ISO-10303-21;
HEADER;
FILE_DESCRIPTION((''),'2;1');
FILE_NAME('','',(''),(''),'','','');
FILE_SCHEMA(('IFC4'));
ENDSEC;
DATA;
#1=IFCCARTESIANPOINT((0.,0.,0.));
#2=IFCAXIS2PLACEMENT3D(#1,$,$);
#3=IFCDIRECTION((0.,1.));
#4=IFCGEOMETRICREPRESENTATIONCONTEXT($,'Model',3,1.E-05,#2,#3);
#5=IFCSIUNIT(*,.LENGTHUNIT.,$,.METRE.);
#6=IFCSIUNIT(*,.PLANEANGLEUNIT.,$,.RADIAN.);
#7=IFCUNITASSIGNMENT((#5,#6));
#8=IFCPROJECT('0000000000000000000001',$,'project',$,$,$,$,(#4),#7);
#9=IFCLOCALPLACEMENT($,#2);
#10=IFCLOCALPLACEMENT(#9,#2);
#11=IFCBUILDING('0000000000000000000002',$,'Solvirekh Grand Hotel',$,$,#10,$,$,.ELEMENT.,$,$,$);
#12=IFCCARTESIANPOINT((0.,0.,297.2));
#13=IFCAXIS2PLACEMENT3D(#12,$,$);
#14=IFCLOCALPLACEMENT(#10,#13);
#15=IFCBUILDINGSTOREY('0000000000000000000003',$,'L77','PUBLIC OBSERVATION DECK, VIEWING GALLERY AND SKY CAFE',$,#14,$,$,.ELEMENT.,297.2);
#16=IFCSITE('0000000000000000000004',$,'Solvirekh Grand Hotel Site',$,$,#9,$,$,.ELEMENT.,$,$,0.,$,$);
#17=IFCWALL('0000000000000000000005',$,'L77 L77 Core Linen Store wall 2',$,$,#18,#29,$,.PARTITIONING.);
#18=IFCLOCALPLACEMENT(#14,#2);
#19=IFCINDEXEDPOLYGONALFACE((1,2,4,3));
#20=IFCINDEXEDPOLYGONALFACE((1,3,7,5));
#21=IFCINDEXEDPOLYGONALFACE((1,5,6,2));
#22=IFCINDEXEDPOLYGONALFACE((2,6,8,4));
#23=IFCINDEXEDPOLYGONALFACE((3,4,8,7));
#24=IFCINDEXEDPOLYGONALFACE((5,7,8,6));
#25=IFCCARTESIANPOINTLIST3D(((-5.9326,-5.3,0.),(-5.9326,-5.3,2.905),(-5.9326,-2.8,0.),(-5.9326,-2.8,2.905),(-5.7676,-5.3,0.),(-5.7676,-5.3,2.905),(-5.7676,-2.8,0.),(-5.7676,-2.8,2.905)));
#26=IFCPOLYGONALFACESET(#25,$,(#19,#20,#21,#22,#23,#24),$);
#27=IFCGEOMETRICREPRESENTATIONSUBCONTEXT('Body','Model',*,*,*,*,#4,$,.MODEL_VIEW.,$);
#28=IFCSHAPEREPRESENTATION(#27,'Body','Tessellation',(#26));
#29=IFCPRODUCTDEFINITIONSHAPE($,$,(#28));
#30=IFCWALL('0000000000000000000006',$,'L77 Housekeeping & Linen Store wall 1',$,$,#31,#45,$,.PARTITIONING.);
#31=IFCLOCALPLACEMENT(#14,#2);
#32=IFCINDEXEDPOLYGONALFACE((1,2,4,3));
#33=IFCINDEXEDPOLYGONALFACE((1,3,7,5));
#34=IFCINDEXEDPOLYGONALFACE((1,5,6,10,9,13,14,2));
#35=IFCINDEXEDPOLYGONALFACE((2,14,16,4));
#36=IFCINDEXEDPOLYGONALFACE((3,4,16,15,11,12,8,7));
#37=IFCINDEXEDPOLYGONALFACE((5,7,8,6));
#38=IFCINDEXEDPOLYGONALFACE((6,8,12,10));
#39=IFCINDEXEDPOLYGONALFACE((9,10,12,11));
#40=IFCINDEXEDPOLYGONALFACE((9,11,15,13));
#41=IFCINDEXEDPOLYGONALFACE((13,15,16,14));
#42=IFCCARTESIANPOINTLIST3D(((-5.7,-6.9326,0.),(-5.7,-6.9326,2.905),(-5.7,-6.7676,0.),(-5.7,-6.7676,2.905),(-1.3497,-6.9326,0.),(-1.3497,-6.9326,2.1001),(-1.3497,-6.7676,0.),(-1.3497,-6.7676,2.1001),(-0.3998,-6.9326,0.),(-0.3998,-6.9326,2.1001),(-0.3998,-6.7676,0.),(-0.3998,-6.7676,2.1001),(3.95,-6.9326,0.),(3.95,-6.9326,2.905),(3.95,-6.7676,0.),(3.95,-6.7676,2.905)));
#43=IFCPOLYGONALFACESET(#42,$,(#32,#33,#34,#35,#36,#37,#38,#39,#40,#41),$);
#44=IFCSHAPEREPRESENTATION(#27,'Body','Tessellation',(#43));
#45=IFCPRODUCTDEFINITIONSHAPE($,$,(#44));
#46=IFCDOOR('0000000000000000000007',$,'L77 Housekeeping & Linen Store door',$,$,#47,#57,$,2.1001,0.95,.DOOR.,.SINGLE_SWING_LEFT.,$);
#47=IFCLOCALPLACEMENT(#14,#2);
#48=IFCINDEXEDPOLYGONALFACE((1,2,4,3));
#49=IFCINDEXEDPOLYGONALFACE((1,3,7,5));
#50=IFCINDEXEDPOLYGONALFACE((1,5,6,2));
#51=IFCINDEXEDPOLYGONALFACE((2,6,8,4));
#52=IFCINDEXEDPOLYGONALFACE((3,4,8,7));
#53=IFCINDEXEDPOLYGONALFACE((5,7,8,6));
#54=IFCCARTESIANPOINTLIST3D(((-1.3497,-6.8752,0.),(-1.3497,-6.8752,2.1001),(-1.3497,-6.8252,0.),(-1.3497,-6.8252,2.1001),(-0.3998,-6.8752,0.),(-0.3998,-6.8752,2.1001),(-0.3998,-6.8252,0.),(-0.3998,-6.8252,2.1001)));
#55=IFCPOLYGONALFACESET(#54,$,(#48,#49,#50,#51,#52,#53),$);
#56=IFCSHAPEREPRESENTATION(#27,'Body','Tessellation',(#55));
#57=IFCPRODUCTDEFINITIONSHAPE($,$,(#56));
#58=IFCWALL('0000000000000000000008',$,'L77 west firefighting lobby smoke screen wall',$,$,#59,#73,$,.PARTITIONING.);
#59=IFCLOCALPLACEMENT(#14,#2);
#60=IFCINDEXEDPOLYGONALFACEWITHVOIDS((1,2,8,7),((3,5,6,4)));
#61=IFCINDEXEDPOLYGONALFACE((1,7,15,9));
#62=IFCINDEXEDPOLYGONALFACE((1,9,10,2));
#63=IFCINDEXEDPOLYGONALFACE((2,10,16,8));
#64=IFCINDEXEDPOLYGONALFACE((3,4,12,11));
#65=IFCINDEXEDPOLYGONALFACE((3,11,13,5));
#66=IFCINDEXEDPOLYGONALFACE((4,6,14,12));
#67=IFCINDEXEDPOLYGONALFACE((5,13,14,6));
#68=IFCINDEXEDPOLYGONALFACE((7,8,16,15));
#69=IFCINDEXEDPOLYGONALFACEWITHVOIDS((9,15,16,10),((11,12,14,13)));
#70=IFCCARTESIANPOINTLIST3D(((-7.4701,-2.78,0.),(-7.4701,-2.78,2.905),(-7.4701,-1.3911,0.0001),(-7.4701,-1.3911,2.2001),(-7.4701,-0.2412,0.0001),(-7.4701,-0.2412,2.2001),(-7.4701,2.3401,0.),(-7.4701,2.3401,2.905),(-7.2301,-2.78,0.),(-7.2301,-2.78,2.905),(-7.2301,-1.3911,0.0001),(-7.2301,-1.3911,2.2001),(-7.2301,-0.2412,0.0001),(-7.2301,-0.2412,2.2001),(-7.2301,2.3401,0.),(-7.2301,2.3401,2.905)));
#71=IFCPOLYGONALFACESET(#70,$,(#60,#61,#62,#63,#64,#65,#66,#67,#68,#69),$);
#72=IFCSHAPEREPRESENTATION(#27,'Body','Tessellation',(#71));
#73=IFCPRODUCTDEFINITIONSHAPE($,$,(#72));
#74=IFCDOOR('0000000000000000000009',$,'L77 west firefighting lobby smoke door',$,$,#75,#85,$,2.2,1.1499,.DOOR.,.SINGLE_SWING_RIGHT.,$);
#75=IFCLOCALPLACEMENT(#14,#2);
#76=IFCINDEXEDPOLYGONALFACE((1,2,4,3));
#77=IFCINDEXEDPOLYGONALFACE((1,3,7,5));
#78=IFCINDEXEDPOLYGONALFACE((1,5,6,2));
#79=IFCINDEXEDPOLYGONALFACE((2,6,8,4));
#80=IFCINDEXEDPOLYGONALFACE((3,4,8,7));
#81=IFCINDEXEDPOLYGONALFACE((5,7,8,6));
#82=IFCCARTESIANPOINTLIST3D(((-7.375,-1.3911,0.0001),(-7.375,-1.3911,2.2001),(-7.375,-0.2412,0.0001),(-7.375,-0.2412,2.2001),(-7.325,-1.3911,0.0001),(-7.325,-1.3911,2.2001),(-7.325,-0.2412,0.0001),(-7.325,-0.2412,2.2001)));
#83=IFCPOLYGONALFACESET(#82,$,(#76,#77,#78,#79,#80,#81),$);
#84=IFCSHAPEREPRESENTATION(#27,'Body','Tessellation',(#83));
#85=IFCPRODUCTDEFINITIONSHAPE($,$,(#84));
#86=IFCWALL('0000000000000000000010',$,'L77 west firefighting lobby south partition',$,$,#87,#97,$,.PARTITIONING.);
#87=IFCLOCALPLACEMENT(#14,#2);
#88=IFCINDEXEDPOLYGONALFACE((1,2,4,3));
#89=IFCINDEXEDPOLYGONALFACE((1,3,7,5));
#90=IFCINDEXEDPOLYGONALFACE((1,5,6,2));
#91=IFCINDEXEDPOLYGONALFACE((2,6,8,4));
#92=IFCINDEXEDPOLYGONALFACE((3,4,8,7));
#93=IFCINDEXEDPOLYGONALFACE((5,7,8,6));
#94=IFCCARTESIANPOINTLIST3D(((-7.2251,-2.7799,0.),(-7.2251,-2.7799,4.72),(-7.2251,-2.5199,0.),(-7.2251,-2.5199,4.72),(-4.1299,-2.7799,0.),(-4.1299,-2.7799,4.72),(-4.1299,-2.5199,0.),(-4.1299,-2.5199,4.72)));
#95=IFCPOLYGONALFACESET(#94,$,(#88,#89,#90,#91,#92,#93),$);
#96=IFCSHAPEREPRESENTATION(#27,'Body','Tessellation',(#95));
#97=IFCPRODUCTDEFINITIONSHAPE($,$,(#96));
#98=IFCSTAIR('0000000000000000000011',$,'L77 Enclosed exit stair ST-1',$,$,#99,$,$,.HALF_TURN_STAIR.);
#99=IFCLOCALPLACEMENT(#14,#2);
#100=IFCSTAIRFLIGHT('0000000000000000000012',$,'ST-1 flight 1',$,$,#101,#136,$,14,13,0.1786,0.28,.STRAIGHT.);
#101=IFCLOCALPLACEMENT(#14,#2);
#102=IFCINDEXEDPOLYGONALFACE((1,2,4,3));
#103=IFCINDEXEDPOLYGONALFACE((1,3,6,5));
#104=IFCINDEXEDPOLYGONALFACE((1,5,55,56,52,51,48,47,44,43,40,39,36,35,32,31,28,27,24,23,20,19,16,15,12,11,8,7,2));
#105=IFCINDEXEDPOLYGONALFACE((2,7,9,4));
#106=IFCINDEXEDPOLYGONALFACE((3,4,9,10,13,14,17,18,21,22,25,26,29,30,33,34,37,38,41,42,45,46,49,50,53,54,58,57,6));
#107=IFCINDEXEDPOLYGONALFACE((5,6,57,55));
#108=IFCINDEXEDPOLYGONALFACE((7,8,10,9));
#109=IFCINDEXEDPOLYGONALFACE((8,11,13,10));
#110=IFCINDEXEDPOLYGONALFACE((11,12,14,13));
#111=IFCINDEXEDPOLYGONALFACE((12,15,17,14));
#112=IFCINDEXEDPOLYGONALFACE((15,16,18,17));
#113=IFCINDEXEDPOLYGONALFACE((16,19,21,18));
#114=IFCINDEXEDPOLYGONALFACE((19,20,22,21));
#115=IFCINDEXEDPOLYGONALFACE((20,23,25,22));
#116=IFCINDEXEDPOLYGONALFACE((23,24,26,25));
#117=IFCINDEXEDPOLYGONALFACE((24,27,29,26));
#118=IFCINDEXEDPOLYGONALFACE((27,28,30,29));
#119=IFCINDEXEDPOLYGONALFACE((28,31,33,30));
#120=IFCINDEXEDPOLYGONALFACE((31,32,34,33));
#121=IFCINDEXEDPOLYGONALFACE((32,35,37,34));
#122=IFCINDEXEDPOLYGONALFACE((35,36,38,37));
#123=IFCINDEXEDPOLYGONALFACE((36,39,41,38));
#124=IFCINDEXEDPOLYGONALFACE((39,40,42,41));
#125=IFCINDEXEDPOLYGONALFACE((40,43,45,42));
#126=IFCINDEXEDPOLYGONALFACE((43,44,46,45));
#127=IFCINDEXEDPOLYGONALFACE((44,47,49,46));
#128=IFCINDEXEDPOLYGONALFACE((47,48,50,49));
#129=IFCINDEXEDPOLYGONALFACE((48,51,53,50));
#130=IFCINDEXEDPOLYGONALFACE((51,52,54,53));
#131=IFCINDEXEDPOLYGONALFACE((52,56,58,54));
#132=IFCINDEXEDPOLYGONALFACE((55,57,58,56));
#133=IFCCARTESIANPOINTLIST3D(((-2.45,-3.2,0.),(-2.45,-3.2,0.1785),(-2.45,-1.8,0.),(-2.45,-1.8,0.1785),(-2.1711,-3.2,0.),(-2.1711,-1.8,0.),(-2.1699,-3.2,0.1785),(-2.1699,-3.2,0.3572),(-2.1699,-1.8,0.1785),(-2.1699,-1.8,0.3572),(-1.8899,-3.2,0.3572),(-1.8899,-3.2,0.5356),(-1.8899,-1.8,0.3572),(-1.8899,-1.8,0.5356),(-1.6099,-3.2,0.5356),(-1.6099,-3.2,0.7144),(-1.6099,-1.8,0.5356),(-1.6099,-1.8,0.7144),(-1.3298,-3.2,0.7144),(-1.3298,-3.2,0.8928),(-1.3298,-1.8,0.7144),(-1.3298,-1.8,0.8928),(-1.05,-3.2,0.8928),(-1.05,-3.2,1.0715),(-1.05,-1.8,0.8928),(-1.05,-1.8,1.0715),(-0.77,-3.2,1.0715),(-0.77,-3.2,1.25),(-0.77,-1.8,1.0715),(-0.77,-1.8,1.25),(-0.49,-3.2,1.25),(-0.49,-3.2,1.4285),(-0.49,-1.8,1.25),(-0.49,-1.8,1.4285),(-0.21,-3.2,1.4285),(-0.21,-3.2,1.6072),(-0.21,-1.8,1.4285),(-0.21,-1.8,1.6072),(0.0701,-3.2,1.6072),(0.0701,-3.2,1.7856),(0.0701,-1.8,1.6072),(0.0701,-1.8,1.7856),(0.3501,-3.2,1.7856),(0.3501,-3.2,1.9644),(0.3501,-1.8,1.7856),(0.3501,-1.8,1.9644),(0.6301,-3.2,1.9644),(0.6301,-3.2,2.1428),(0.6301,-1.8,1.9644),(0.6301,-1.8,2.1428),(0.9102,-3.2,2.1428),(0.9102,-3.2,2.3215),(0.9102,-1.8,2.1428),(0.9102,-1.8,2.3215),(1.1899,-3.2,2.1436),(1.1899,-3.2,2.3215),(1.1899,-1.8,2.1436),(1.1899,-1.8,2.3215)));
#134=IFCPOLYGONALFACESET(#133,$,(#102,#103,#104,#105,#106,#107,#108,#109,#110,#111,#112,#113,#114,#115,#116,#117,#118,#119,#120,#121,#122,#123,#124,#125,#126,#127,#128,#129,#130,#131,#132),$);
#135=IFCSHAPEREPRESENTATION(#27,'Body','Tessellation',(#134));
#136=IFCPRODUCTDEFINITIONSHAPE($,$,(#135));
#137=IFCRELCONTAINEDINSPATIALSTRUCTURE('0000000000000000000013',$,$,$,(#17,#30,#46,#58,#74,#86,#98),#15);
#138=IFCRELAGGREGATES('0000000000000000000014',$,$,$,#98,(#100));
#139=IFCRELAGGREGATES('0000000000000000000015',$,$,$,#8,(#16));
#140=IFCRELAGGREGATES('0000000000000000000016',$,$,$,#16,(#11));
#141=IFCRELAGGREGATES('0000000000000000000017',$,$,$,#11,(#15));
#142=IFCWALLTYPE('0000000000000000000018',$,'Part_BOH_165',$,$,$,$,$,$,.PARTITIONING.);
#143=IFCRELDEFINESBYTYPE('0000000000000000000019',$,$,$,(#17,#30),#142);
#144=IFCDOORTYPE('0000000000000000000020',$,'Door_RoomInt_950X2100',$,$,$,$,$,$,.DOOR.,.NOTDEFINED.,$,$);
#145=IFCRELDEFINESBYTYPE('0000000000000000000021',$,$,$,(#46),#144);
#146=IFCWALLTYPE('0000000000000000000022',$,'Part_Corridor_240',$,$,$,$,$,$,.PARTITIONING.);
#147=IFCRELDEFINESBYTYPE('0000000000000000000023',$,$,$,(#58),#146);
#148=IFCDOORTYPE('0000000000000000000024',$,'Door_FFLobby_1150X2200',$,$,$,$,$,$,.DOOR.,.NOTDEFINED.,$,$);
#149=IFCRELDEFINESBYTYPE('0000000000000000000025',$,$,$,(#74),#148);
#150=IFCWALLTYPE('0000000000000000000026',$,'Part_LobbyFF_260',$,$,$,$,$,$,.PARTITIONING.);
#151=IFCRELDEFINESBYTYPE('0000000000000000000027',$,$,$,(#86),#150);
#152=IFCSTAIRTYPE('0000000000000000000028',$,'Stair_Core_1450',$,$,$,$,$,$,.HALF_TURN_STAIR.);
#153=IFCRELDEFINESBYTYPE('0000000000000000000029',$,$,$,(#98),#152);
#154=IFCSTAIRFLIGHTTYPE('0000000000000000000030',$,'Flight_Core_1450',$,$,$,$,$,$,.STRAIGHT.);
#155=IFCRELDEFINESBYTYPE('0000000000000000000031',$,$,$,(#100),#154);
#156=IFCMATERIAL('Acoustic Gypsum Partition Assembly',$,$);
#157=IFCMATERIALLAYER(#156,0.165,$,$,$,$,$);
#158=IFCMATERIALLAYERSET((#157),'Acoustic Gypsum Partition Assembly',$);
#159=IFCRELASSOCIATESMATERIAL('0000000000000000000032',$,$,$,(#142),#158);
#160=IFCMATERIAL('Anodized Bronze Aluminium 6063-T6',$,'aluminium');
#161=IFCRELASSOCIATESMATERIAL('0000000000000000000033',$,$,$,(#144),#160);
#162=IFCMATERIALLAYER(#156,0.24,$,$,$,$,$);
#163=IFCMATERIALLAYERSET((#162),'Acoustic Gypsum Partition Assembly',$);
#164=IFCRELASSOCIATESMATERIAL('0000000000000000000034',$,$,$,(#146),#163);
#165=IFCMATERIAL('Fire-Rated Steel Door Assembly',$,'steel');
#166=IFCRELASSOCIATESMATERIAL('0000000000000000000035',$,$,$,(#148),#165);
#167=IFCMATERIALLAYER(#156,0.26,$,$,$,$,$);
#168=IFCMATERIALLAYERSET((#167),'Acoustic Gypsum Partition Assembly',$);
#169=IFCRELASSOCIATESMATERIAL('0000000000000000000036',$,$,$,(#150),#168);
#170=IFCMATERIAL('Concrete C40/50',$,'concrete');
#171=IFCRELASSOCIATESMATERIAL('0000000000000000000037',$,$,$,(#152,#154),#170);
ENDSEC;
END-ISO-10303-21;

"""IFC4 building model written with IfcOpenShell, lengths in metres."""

from ifc_helpers import new_model, si_unit, direction, frame, frame_2d, origin, place, context, subcontext, project, spatial, polyline, rectangle, outline, extrude, material, layer, layer_set, type_object, element, fill, aggregate, save


model = new_model("IFC4")

# Units and contexts
model_context = context("Model", 3, precision=1e-05, world=origin(), true_north=direction((0.0, 1.0)))
body_context = subcontext(model_context, "Body", "Model", "MODEL_VIEW")
ifc_project = project(units=[si_unit("LENGTHUNIT", "METRE"), si_unit("PLANEANGLEUNIT", "RADIAN")], contexts=[model_context])

# Site, building, storey
site_placement = place(None, origin())
site = spatial("IfcSite", under=ifc_project, at=site_placement, Name="Solvirekh Grand Hotel Site", CompositionType="ELEMENT", RefElevation=0.0)
building_placement = place(site_placement, origin())
building = spatial("IfcBuilding", under=site, at=building_placement, Name="Solvirekh Grand Hotel", CompositionType="ELEMENT")
storey_placement = place(building_placement, frame((0.0, 0.0, 297.2)))
storey = spatial("IfcBuildingStorey", under=building, at=storey_placement, Name="L77", Description="PUBLIC OBSERVATION DECK, VIEWING GALLERY AND SKY CAFE", CompositionType="ELEMENT", Elevation=297.2)

# Shared definitions
ifc_material_1 = material(Name="Concrete C40/50", Category="concrete")
ifc_material_2 = material(Name="Fire-Rated Steel Door Assembly", Category="steel")

# Wall
ifc_material_3 = material(Name="Acoustic Gypsum Partition Assembly")
ifc_layer_1 = layer(ifc_material_3, 0.165)
ifc_layer_set_1 = layer_set([ifc_layer_1], Name="Acoustic Gypsum Partition Assembly")
wall_type_1 = type_object("IfcWallType", Name="Part_BOH_165", PredefinedType="PARTITIONING", material=ifc_layer_set_1)
wall_1_placement = place(storey_placement, frame((-5.8501, -5.3, 0.0), z_axis=(0.0, 0.0, 1.0), x_axis=(0.0, 1.0, 0.0)))
element("IfcWall", 1, at=wall_1_placement, inside=storey, type_object=wall_type_1, Name="L77 L77 Core Linen Store wall 2", PredefinedType="PARTITIONING", context=body_context, shape_type="SweptSolid", body=[
    extrude(rectangle(XDim=2.5, YDim=0.165, at=frame_2d((1.25, 0.0))), origin(), (0.0, 0.0, 1.0), 2.905),
])

# Walls, openings, doors
wall_2_placement = place(storey_placement, frame((-5.7, -6.8501, 0.0), z_axis=(0.0, 0.0, 1.0), x_axis=(1.0, 0.0, 0.0)))
wall_2 = element("IfcWall", 2, at=wall_2_placement, inside=storey, type_object=wall_type_1, Name="L77 Housekeeping & Linen Store wall 1", PredefinedType="PARTITIONING", context=body_context, shape_type="SweptSolid", body=[
    extrude(rectangle(XDim=9.6499, YDim=0.165, at=frame_2d((4.825, 0.0))), origin(), (0.0, 0.0, 1.0), 2.905),
])
opening_1_placement = place(wall_2_placement, frame((4.3501, 0.0, 0.0)))
opening_1 = element("IfcOpeningElement", 3, at=opening_1_placement, cuts=wall_2, PredefinedType="OPENING", context=body_context, shape_type="SweptSolid", body=[
    extrude(rectangle(XDim=0.95, YDim=2.1001, at=frame_2d((0.4751, 1.05))), frame((0.0, 0.0925, 0.0), z_axis=(0.0, -1.0, 0.0), x_axis=(1.0, 0.0, 0.0)), (0.0, 0.0, 1.0), 0.1851),
])
ifc_material_4 = material(Name="Anodized Bronze Aluminium 6063-T6", Category="aluminium")
door_type_1 = type_object("IfcDoorType", Name="Door_RoomInt_950X2100", OperationType="NOTDEFINED", PredefinedType="DOOR", material=ifc_material_4)
door_1_placement = place(opening_1_placement, origin())
door_1 = element("IfcDoor", 4, at=door_1_placement, inside=storey, type_object=door_type_1, Name="L77 Housekeeping & Linen Store door", OperationType="SINGLE_SWING_LEFT", OverallHeight=2.1001, OverallWidth=0.95, PredefinedType="DOOR", context=body_context, shape_type="SweptSolid", body=[
    extrude(rectangle(XDim=0.95, YDim=2.1001, at=frame_2d((0.4751, 1.05))), frame((0.0, 0.0249, 0.0), z_axis=(0.0, -1.0, 0.0), x_axis=(1.0, 0.0, 0.0)), (0.0, 0.0, 1.0), 0.05),
])
fill(opening_1, door_1)
ifc_layer_2 = layer(ifc_material_3, 0.24)
ifc_layer_set_2 = layer_set([ifc_layer_2], Name="Acoustic Gypsum Partition Assembly")
wall_type_2 = type_object("IfcWallType", Name="Part_Corridor_240", PredefinedType="PARTITIONING", material=ifc_layer_set_2)
wall_3_placement = place(storey_placement, frame((-7.3501, -2.78, 0.0), z_axis=(0.0, 0.0, 1.0), x_axis=(0.0, 1.0, 0.0)))
wall_3 = element("IfcWall", 5, at=wall_3_placement, inside=storey, type_object=wall_type_2, Name="L77 west firefighting lobby smoke screen wall", PredefinedType="PARTITIONING", context=body_context, shape_type="SweptSolid", body=[
    extrude(rectangle(XDim=5.1201, YDim=0.24, at=frame_2d((2.5601, 0.0))), origin(), (0.0, 0.0, 1.0), 2.905),
])
opening_2_placement = place(wall_3_placement, frame((1.3889, 0.0, 0.0)))
opening_2 = element("IfcOpeningElement", 6, at=opening_2_placement, cuts=wall_3, PredefinedType="OPENING", context=body_context, shape_type="SweptSolid", body=[
    extrude(rectangle(XDim=1.1499, YDim=2.2, at=frame_2d((0.575, 1.1001))), frame((0.0, 0.1299, 0.0), z_axis=(0.0, -1.0, 0.0), x_axis=(1.0, 0.0, 0.0)), (0.0, 0.0, 1.0), 0.26),
])
door_type_2 = type_object("IfcDoorType", Name="Door_FFLobby_1150X2200", OperationType="NOTDEFINED", PredefinedType="DOOR", material=ifc_material_2)
door_2_placement = place(opening_2_placement, origin())
door_2 = element("IfcDoor", 7, at=door_2_placement, inside=storey, type_object=door_type_2, Name="L77 west firefighting lobby smoke door", OperationType="SINGLE_SWING_RIGHT", OverallHeight=2.2, OverallWidth=1.1499, PredefinedType="DOOR", context=body_context, shape_type="SweptSolid", body=[
    extrude(rectangle(XDim=1.1499, YDim=2.2, at=frame_2d((0.575, 1.1001))), frame((0.0, 0.0249, 0.0), z_axis=(0.0, -1.0, 0.0), x_axis=(1.0, 0.0, 0.0)), (0.0, 0.0, 1.0), 0.05),
])
fill(opening_2, door_2)

# Wall
ifc_layer_3 = layer(ifc_material_3, 0.26)
ifc_layer_set_3 = layer_set([ifc_layer_3], Name="Acoustic Gypsum Partition Assembly")
wall_type_3 = type_object("IfcWallType", Name="Part_LobbyFF_260", PredefinedType="PARTITIONING", material=ifc_layer_set_3)
wall_4_placement = place(storey_placement, frame((-7.2251, -2.6499, 0.0), z_axis=(0.0, 0.0, 1.0), x_axis=(1.0, 0.0, 0.0)))
element("IfcWall", 8, at=wall_4_placement, inside=storey, type_object=wall_type_3, Name="L77 west firefighting lobby south partition", PredefinedType="PARTITIONING", context=body_context, shape_type="SweptSolid", body=[
    extrude(rectangle(XDim=3.0952, YDim=0.26, at=frame_2d((1.5476, 0.0))), origin(), (0.0, 0.0, 1.0), 4.72),
])

# Stair, stair flight
stair_type = type_object("IfcStairType", Name="Stair_Core_1450", PredefinedType="HALF_TURN_STAIR", material=ifc_material_1)
stair_placement = place(storey_placement, origin())
stair = element("IfcStair", 9, at=stair_placement, inside=storey, type_object=stair_type, Name="L77 Enclosed exit stair ST-1", PredefinedType="HALF_TURN_STAIR")
stair_flight_type = type_object("IfcStairFlightType", Name="Flight_Core_1450", PredefinedType="STRAIGHT", material=ifc_material_1)
stair_flight_placement = place(storey_placement, frame((-2.45, -2.5, 0.0), z_axis=(0.0, 0.0, 1.0), x_axis=(1.0, 0.0, 0.0)))
stair_flight = element("IfcStairFlight", 10, at=stair_flight_placement, type_object=stair_flight_type, Name="ST-1 flight 1", NumberOfRisers=14, NumberOfTreads=13, PredefinedType="STRAIGHT", RiserHeight=0.1786, TreadLength=0.28, context=body_context, shape_type="SweptSolid", body=[
    extrude(outline(polyline([(0.0, 0.0), (0.0, 0.1785), (0.28, 0.1785), (0.28, 0.3572), (0.5601, 0.3572), (0.5601, 0.5356), (0.8401, 0.5356), (0.8401, 0.7144), (1.1201, 0.7144), (1.1201, 0.8928), (1.3999, 0.8928), (1.3999, 1.0715), (1.6799, 1.0715), (1.6799, 1.25), (1.96, 1.25), (1.96, 1.4285), (2.24, 1.4285), (2.24, 1.6072), (2.52, 1.6072), (2.52, 1.7856), (2.8, 1.7856), (2.8, 1.9644), (3.0801, 1.9644), (3.0801, 2.1428), (3.3601, 2.1428), (3.3601, 2.3215), (3.6399, 2.3215), (3.6399, 2.5), (3.6399, 2.1436), (0.2788, 0.0), (0.0, 0.0)])), frame((0.0, 0.7, 0.0), z_axis=(0.0, -1.0, 0.0), x_axis=(1.0, 0.0, 0.0)), (0.0, 0.0, 1.0), 1.3999),
])
aggregate(stair, [stair_flight])

save(model, "model.ifc")
